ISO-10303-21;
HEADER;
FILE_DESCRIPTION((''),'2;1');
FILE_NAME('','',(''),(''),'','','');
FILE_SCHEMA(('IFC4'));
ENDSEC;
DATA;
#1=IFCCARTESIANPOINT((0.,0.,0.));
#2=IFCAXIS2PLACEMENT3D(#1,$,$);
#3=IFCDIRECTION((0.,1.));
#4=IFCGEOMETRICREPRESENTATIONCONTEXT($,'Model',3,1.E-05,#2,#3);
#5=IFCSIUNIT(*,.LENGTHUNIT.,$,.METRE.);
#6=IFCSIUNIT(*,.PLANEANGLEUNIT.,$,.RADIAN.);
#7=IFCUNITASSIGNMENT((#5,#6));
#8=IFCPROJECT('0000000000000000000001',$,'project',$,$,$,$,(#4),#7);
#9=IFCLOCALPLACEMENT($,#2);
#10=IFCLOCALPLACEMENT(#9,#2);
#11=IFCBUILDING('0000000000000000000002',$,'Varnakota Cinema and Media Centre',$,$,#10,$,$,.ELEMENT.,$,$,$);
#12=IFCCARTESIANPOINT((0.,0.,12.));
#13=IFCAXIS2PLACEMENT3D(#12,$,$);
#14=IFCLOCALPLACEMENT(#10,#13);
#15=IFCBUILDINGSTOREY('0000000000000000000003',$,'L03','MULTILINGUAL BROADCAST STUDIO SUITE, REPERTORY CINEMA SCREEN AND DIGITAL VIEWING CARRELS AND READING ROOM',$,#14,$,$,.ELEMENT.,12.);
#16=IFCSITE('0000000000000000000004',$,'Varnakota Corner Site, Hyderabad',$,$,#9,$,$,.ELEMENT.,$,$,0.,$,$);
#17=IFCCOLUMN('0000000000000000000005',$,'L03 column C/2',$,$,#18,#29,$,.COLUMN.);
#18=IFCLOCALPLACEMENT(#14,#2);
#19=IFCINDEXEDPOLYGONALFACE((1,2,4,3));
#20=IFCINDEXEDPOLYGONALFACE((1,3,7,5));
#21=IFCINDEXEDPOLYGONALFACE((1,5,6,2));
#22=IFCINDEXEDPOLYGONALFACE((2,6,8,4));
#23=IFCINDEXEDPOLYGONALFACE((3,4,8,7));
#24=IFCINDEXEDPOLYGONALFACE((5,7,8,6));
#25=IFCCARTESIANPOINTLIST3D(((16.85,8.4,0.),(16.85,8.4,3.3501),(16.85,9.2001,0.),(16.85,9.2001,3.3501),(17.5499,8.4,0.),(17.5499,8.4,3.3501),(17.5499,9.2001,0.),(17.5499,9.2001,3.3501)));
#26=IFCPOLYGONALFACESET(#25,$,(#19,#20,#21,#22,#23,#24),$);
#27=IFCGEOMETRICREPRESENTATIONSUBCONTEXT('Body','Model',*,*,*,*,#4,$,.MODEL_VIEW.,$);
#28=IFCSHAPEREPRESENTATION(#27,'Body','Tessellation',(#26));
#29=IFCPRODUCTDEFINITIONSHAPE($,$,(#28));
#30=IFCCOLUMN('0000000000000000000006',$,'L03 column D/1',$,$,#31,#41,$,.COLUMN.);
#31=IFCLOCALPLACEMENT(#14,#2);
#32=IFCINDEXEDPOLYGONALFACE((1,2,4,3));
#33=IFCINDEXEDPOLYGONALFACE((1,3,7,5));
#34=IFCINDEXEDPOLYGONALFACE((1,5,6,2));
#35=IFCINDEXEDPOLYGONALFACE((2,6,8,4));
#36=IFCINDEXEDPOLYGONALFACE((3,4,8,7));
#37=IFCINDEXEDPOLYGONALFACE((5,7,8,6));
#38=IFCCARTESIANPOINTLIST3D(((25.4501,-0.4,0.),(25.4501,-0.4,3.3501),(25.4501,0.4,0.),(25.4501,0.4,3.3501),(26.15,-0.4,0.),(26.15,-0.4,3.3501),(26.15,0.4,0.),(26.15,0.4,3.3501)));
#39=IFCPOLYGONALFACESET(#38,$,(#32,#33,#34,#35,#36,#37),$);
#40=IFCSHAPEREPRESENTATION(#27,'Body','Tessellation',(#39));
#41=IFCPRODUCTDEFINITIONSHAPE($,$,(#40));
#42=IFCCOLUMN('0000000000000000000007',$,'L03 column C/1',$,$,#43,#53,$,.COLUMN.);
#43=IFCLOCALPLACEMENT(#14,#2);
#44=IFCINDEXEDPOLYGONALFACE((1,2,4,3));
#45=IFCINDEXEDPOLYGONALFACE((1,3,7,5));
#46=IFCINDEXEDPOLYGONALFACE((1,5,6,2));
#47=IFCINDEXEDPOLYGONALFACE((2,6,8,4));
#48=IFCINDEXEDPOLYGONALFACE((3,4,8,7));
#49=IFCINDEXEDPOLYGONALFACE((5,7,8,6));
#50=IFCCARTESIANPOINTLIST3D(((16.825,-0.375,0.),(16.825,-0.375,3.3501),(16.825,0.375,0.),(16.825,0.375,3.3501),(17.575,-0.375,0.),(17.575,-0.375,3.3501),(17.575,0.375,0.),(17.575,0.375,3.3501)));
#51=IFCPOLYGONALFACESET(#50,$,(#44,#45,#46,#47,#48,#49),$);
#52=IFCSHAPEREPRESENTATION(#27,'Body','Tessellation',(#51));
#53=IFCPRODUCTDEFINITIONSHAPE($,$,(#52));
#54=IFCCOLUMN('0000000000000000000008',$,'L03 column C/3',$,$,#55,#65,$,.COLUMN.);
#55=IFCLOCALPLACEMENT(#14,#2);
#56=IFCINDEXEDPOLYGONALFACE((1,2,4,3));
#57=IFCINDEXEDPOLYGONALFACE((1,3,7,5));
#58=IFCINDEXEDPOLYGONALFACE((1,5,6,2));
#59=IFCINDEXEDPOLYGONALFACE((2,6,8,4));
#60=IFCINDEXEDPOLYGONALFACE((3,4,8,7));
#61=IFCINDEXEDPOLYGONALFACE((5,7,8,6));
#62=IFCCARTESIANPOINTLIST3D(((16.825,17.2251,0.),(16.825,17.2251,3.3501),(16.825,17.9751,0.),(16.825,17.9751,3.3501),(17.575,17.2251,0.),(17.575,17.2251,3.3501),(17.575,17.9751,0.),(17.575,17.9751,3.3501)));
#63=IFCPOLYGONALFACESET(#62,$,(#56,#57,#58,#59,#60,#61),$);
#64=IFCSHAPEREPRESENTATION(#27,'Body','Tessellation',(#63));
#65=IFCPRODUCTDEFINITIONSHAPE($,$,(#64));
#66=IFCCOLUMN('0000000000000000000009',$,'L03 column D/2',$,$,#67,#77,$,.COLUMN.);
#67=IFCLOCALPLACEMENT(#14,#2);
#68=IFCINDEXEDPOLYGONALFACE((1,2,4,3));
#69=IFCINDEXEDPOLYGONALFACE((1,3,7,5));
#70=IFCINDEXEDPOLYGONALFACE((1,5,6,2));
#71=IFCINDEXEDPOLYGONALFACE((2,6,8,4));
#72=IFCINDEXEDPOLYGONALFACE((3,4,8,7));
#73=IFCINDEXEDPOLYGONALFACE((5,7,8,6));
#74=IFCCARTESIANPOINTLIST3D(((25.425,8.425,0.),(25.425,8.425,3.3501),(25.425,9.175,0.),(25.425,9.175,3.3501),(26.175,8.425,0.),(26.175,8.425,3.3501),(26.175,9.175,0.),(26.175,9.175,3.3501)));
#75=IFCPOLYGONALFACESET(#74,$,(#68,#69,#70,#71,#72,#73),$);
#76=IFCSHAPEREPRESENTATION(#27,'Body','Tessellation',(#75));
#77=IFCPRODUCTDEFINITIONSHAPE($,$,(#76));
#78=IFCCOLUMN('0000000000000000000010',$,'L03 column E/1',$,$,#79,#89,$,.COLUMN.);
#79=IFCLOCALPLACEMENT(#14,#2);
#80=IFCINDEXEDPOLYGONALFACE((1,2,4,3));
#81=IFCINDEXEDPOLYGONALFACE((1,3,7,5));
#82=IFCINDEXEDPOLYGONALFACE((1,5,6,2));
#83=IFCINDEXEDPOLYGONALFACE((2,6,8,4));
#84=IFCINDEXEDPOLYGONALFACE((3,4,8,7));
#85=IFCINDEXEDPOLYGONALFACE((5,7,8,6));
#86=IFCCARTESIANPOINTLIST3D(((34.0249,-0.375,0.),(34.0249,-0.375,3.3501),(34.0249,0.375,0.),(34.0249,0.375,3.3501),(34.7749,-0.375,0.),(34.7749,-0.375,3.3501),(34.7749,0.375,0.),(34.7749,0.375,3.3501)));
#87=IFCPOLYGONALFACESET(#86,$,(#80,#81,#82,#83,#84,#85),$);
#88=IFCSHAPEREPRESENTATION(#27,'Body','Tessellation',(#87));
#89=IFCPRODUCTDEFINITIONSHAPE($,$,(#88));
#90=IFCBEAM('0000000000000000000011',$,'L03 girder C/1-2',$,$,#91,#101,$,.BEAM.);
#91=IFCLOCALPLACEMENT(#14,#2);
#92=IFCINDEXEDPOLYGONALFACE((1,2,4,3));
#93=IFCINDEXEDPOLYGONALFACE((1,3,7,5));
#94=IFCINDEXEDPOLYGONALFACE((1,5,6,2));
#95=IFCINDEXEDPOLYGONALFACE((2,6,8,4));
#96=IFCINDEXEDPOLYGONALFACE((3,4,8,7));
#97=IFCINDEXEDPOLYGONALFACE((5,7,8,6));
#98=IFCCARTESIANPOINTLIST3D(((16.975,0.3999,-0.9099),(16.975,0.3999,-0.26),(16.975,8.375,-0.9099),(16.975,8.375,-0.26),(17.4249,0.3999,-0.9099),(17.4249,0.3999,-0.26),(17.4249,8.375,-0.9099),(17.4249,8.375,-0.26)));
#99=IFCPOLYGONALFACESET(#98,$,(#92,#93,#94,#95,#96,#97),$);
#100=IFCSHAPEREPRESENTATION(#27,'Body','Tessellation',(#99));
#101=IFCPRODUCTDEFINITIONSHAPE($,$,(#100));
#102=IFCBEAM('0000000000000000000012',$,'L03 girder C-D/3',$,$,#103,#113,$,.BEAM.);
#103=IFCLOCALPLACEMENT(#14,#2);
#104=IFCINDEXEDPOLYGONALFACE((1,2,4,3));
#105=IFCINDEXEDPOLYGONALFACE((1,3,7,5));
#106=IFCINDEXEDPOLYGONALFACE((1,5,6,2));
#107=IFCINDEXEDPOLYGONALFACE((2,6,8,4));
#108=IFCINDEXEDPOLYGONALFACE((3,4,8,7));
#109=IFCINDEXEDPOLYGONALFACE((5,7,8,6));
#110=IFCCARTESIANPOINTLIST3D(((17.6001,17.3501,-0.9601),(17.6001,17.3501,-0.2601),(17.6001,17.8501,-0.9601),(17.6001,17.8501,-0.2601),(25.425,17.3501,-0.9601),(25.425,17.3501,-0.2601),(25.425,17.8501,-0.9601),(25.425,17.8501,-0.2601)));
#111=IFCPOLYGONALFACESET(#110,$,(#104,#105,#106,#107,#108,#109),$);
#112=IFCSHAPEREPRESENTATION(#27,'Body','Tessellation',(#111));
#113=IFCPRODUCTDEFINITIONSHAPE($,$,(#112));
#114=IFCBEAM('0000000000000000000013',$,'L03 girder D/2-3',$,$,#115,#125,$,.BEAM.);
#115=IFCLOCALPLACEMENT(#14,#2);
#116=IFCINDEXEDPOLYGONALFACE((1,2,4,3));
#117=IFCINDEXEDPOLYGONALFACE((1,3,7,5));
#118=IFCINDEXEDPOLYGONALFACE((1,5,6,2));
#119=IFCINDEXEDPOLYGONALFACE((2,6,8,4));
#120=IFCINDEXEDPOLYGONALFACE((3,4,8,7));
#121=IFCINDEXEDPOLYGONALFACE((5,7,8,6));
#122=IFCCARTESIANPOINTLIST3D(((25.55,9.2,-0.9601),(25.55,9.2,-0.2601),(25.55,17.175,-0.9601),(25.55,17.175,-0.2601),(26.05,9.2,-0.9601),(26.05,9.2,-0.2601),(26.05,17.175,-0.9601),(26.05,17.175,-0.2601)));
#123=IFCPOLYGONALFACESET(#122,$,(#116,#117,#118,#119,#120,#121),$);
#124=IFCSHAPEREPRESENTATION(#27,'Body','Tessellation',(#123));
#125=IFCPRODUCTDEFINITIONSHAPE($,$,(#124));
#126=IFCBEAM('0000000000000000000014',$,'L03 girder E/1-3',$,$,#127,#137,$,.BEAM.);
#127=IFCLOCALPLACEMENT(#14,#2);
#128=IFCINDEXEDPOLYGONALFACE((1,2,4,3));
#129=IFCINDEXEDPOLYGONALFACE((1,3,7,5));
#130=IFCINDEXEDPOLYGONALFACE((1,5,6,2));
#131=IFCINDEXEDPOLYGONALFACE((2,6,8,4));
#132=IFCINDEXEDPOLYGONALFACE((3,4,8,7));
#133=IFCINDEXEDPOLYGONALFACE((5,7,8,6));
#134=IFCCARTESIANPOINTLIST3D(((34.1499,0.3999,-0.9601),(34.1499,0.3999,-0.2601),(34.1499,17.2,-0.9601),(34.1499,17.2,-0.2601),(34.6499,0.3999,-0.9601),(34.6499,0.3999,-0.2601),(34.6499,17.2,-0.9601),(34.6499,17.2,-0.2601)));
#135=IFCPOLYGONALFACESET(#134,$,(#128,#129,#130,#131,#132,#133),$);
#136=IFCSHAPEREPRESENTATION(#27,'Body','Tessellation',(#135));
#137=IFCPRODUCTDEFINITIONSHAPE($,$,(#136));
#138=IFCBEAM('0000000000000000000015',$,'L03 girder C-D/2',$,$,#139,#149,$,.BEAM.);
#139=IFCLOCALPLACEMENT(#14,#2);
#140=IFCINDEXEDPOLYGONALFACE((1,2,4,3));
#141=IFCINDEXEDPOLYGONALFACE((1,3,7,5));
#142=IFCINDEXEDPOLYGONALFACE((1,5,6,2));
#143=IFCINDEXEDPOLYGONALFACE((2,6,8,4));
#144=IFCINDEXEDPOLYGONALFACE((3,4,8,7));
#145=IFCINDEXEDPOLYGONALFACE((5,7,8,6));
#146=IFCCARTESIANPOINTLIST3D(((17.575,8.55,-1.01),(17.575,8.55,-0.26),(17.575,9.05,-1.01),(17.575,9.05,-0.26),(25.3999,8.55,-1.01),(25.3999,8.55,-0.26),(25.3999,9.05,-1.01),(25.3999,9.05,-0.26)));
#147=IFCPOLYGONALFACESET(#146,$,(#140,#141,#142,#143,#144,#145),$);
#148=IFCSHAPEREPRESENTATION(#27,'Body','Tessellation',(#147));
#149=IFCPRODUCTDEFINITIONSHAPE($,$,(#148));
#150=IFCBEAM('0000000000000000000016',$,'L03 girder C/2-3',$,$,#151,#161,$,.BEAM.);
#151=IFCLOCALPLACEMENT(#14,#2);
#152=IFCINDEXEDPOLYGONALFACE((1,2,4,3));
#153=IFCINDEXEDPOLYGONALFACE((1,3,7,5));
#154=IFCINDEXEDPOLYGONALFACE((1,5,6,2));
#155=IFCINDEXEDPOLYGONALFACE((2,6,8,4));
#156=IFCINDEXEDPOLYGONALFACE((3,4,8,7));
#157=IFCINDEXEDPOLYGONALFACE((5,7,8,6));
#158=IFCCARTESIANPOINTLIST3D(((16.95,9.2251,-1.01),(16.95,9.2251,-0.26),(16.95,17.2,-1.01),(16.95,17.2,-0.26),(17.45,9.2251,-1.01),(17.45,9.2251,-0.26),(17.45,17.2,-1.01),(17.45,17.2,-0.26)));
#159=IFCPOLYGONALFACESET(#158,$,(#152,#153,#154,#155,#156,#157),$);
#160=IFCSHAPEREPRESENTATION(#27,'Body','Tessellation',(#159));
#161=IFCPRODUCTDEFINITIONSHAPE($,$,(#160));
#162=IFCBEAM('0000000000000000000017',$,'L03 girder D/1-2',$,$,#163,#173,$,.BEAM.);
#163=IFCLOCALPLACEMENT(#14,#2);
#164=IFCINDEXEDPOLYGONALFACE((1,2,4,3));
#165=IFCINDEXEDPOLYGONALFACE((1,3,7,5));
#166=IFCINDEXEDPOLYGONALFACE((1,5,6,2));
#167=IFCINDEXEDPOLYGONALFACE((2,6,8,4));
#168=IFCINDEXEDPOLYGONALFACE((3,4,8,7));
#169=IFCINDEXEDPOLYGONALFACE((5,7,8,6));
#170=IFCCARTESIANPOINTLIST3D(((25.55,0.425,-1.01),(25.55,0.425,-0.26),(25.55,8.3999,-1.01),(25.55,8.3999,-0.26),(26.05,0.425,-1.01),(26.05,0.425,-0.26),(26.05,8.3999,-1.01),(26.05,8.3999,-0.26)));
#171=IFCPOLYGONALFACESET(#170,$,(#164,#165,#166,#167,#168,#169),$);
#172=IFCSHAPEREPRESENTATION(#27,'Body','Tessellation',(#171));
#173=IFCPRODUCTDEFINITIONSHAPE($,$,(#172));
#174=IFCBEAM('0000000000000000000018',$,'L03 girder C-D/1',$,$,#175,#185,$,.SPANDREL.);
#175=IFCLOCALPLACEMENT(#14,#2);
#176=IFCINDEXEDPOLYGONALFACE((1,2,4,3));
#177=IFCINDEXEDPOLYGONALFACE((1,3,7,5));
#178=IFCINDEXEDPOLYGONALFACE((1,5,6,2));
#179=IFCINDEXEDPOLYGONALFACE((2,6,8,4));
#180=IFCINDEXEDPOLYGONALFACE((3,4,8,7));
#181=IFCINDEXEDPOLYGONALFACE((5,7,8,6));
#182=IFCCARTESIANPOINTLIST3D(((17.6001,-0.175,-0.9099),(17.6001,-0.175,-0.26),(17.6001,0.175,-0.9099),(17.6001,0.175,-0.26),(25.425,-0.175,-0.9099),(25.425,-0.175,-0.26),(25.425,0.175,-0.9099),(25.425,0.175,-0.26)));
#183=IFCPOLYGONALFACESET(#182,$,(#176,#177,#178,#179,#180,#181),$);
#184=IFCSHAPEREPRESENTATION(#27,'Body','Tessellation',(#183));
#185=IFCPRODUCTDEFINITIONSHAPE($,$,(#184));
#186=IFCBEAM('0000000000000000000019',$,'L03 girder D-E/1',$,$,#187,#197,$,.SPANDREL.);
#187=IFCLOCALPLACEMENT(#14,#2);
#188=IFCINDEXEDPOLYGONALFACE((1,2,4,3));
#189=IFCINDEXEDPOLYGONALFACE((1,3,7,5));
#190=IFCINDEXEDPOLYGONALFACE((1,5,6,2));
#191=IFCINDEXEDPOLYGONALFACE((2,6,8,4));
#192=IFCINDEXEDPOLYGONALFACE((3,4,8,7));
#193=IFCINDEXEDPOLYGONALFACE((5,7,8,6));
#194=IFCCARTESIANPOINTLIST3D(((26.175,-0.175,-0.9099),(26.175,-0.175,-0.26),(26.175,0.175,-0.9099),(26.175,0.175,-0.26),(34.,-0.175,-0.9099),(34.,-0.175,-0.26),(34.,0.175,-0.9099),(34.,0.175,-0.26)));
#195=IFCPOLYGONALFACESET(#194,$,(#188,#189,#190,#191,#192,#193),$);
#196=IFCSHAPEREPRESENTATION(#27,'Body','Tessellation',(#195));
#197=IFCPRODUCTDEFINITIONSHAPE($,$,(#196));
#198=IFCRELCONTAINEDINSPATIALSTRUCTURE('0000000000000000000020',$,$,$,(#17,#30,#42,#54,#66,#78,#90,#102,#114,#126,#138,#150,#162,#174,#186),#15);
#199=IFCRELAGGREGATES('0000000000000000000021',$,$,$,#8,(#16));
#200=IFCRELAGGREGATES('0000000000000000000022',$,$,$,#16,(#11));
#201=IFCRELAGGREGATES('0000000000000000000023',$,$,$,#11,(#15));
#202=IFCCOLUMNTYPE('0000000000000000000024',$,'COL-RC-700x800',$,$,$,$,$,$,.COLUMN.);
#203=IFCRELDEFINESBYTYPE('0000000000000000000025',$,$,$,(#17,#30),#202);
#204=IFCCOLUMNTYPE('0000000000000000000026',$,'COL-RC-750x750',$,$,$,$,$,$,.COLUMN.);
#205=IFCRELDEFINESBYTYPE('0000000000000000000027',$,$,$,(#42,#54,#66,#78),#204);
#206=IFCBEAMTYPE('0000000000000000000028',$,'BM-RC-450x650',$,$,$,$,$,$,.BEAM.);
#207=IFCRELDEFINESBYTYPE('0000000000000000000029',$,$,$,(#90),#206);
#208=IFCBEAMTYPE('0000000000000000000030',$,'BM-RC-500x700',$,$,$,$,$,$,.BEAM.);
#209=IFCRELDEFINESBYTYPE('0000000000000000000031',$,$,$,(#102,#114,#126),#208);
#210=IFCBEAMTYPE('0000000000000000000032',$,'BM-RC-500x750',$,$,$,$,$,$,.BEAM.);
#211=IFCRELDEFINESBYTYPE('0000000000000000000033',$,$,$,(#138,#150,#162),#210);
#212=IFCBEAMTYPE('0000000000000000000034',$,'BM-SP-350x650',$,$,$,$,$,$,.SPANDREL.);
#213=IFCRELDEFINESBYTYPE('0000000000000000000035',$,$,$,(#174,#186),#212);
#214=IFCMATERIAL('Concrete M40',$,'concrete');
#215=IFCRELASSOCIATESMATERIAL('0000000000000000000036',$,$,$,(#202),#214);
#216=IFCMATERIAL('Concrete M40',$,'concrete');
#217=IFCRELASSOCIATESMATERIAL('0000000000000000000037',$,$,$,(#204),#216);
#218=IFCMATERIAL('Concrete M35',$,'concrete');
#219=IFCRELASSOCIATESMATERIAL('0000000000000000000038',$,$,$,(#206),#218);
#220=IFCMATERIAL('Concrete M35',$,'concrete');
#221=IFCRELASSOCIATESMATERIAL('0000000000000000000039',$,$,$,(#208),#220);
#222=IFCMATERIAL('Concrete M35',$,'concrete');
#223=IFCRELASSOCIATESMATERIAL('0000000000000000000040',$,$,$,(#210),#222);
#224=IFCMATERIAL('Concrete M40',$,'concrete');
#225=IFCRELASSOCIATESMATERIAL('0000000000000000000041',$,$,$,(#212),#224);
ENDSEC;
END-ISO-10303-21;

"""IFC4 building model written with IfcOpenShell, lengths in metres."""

from ifc_helpers import new_model, si_unit, direction, frame, origin, origin_2d, place, context, subcontext, project, spatial, rectangle, extrude, material, material_profile, profile_set, type_object, element, save


model = new_model("IFC4")

# Units and contexts
model_context = context("Model", 3, precision=1e-05, world=origin(), true_north=direction((0.0, 1.0)))
body_context = subcontext(model_context, "Body", "Model", "MODEL_VIEW")
ifc_project = project(units=[si_unit("LENGTHUNIT", "METRE"), si_unit("PLANEANGLEUNIT", "RADIAN")], contexts=[model_context])

# Site, building, storey
site_placement = place(None, origin())
site = spatial("IfcSite", under=ifc_project, at=site_placement, Name="Varnakota Corner Site, Hyderabad", CompositionType="ELEMENT", RefElevation=0.0)
building_placement = place(site_placement, origin())
building = spatial("IfcBuilding", under=site, at=building_placement, Name="Varnakota Cinema and Media Centre", CompositionType="ELEMENT")
storey_placement = place(building_placement, frame((0.0, 0.0, 12.0)))
storey = spatial("IfcBuildingStorey", under=building, at=storey_placement, Name="L03", Description="MULTILINGUAL BROADCAST STUDIO SUITE, REPERTORY CINEMA SCREEN AND DIGITAL VIEWING CARRELS AND READING ROOM", CompositionType="ELEMENT", Elevation=12.0)

# Columns
ifc_material_1 = material(Name="Concrete M40", Category="concrete")
ifc_material_profile_1 = material_profile(ifc_material_1, rectangle(XDim=0.7, YDim=0.8, at=origin_2d()), Name="RC 700x800")
ifc_profile_set_1 = profile_set([ifc_material_profile_1], Name="Concrete M40")
column_type_1 = type_object("IfcColumnType", Name="COL-RC-700x800", PredefinedType="COLUMN", material=ifc_profile_set_1)
for number, where, z_axis, x_axis, name in (
    (1, (17.2, 8.8, 0.0), (0.0, 0.0, 1.0), (1.0, 0.0, 0.0), "L03 column C/2"),
    (2, (25.8, 0.0, 0.0), (0.0, 0.0, 1.0), (1.0, 0.0, 0.0), "L03 column D/1"),
):
    element("IfcColumn", number, at=place(storey_placement, frame(where, z_axis=z_axis, x_axis=x_axis)), inside=storey, type_object=column_type_1, Name=name, PredefinedType="COLUMN", context=body_context, shape_type="SweptSolid", body=[
        extrude(rectangle(XDim=0.7, YDim=0.8, at=origin_2d()), origin(), (0.0, 0.0, 1.0), 3.3501),
    ])
ifc_material_2 = material(Name="Concrete M40", Category="concrete")
ifc_material_profile_2 = material_profile(ifc_material_2, rectangle(XDim=0.75, YDim=0.75, at=origin_2d()), Name="RC 750x750")
ifc_profile_set_2 = profile_set([ifc_material_profile_2], Name="Concrete M40")
column_type_2 = type_object("IfcColumnType", Name="COL-RC-750x750", PredefinedType="COLUMN", material=ifc_profile_set_2)
for number, where, z_axis, x_axis, name in (
    (3, (17.2, 0.0, 0.0), (0.0, 0.0, 1.0), (1.0, 0.0, 0.0), "L03 column C/1"),
    (4, (17.2, 17.6001, 0.0), (0.0, 0.0, 1.0), (1.0, 0.0, 0.0), "L03 column C/3"),
    (5, (25.8, 8.8, 0.0), (0.0, 0.0, 1.0), (1.0, 0.0, 0.0), "L03 column D/2"),
    (6, (34.3999, 0.0, 0.0), (0.0, 0.0, 1.0), (1.0, 0.0, 0.0), "L03 column E/1"),
):
    element("IfcColumn", number, at=place(storey_placement, frame(where, z_axis=z_axis, x_axis=x_axis)), inside=storey, type_object=column_type_2, Name=name, PredefinedType="COLUMN", context=body_context, shape_type="SweptSolid", body=[
        extrude(rectangle(XDim=0.75, YDim=0.75, at=origin_2d()), origin(), (0.0, 0.0, 1.0), 3.3501),
    ])

# Beams
ifc_material_3 = material(Name="Concrete M35", Category="concrete")
ifc_material_profile_3 = material_profile(ifc_material_3, rectangle(XDim=0.45, YDim=0.6499, at=origin_2d()), Name="RCB 450x650")
ifc_profile_set_3 = profile_set([ifc_material_profile_3], Name="Concrete M35")
beam_type_1 = type_object("IfcBeamType", Name="BM-RC-450x650", PredefinedType="BEAM", material=ifc_profile_set_3)
beam_1_placement = place(storey_placement, frame((17.2, 0.3999, -0.585), z_axis=(0.0, 1.0, 0.0), x_axis=(-1.0, 0.0, 0.0)))
element("IfcBeam", 7, at=beam_1_placement, inside=storey, type_object=beam_type_1, Name="L03 girder C/1-2", PredefinedType="BEAM", context=body_context, shape_type="SweptSolid", body=[
    extrude(rectangle(XDim=0.45, YDim=0.6499, at=origin_2d()), origin(), (0.0, 0.0, 1.0), 7.9751),
])
ifc_material_4 = material(Name="Concrete M35", Category="concrete")
ifc_material_profile_4 = material_profile(ifc_material_4, rectangle(XDim=0.5, YDim=0.7, at=origin_2d()), Name="RCB 500x700")
ifc_profile_set_4 = profile_set([ifc_material_profile_4], Name="Concrete M35")
beam_type_2 = type_object("IfcBeamType", Name="BM-RC-500x700", PredefinedType="BEAM", material=ifc_profile_set_4)
beam_2_placement = place(storey_placement, frame((17.6001, 17.6001, -0.6101), z_axis=(1.0, 0.0, 0.0), x_axis=(0.0, 1.0, 0.0)))
element("IfcBeam", 8, at=beam_2_placement, inside=storey, type_object=beam_type_2, Name="L03 girder C-D/3", PredefinedType="BEAM", context=body_context, shape_type="SweptSolid", body=[
    extrude(rectangle(XDim=0.5, YDim=0.7, at=origin_2d()), origin(), (0.0, 0.0, 1.0), 7.825),
])
beam_3_placement = place(storey_placement, frame((25.8, 9.2, -0.6101), z_axis=(0.0, 1.0, 0.0), x_axis=(-1.0, 0.0, 0.0)))
element("IfcBeam", 9, at=beam_3_placement, inside=storey, type_object=beam_type_2, Name="L03 girder D/2-3", PredefinedType="BEAM", context=body_context, shape_type="SweptSolid", body=[
    extrude(rectangle(XDim=0.5, YDim=0.7, at=origin_2d()), origin(), (0.0, 0.0, 1.0), 7.9751),
])
beam_4_placement = place(storey_placement, frame((34.3999, 0.3999, -0.6101), z_axis=(0.0, 1.0, 0.0), x_axis=(-1.0, 0.0, 0.0)))
element("IfcBeam", 10, at=beam_4_placement, inside=storey, type_object=beam_type_2, Name="L03 girder E/1-3", PredefinedType="BEAM", context=body_context, shape_type="SweptSolid", body=[
    extrude(rectangle(XDim=0.5, YDim=0.7, at=origin_2d()), origin(), (0.0, 0.0, 1.0), 16.8),
])
ifc_material_5 = material(Name="Concrete M35", Category="concrete")
ifc_material_profile_5 = material_profile(ifc_material_5, rectangle(XDim=0.5, YDim=0.75, at=origin_2d()), Name="RCB 500x750")
ifc_profile_set_5 = profile_set([ifc_material_profile_5], Name="Concrete M35")
beam_type_3 = type_object("IfcBeamType", Name="BM-RC-500x750", PredefinedType="BEAM", material=ifc_profile_set_5)
beam_5_placement = place(storey_placement, frame((17.575, 8.8, -0.635), z_axis=(1.0, 0.0, 0.0), x_axis=(0.0, 1.0, 0.0)))
element("IfcBeam", 11, at=beam_5_placement, inside=storey, type_object=beam_type_3, Name="L03 girder C-D/2", PredefinedType="BEAM", context=body_context, shape_type="SweptSolid", body=[
    extrude(rectangle(XDim=0.5, YDim=0.75, at=origin_2d()), origin(), (0.0, 0.0, 1.0), 7.825),
])
for number, where, z_axis, x_axis, name in (
    (12, (17.2, 9.2251, -0.635), (0.0, 1.0, 0.0), (-1.0, 0.0, 0.0), "L03 girder C/2-3"),
    (13, (25.8, 0.425, -0.635), (0.0, 1.0, 0.0), (-1.0, 0.0, 0.0), "L03 girder D/1-2"),
):
    element("IfcBeam", number, at=place(storey_placement, frame(where, z_axis=z_axis, x_axis=x_axis)), inside=storey, type_object=beam_type_3, Name=name, PredefinedType="BEAM", context=body_context, shape_type="SweptSolid", body=[
        extrude(rectangle(XDim=0.5, YDim=0.75, at=origin_2d()), origin(), (0.0, 0.0, 1.0), 7.9749),
    ])
ifc_material_6 = material(Name="Concrete M40", Category="concrete")
ifc_material_profile_6 = material_profile(ifc_material_6, rectangle(XDim=0.3501, YDim=0.6499, at=origin_2d()), Name="RCB 350x650")
ifc_profile_set_6 = profile_set([ifc_material_profile_6], Name="Concrete M40")
beam_type_4 = type_object("IfcBeamType", Name="BM-SP-350x650", PredefinedType="SPANDREL", material=ifc_profile_set_6)
for number, where, z_axis, x_axis, name in (
    (14, (17.6001, 0.0, -0.585), (1.0, 0.0, 0.0), (0.0, 1.0, 0.0), "L03 girder C-D/1"),
    (15, (26.175, 0.0, -0.585), (1.0, 0.0, 0.0), (0.0, 1.0, 0.0), "L03 girder D-E/1"),
):
    element("IfcBeam", number, at=place(storey_placement, frame(where, z_axis=z_axis, x_axis=x_axis)), inside=storey, type_object=beam_type_4, Name=name, PredefinedType="SPANDREL", context=body_context, shape_type="SweptSolid", body=[
        extrude(rectangle(XDim=0.3501, YDim=0.6499, at=origin_2d()), origin(), (0.0, 0.0, 1.0), 7.825),
    ])

save(model, "model.ifc")
